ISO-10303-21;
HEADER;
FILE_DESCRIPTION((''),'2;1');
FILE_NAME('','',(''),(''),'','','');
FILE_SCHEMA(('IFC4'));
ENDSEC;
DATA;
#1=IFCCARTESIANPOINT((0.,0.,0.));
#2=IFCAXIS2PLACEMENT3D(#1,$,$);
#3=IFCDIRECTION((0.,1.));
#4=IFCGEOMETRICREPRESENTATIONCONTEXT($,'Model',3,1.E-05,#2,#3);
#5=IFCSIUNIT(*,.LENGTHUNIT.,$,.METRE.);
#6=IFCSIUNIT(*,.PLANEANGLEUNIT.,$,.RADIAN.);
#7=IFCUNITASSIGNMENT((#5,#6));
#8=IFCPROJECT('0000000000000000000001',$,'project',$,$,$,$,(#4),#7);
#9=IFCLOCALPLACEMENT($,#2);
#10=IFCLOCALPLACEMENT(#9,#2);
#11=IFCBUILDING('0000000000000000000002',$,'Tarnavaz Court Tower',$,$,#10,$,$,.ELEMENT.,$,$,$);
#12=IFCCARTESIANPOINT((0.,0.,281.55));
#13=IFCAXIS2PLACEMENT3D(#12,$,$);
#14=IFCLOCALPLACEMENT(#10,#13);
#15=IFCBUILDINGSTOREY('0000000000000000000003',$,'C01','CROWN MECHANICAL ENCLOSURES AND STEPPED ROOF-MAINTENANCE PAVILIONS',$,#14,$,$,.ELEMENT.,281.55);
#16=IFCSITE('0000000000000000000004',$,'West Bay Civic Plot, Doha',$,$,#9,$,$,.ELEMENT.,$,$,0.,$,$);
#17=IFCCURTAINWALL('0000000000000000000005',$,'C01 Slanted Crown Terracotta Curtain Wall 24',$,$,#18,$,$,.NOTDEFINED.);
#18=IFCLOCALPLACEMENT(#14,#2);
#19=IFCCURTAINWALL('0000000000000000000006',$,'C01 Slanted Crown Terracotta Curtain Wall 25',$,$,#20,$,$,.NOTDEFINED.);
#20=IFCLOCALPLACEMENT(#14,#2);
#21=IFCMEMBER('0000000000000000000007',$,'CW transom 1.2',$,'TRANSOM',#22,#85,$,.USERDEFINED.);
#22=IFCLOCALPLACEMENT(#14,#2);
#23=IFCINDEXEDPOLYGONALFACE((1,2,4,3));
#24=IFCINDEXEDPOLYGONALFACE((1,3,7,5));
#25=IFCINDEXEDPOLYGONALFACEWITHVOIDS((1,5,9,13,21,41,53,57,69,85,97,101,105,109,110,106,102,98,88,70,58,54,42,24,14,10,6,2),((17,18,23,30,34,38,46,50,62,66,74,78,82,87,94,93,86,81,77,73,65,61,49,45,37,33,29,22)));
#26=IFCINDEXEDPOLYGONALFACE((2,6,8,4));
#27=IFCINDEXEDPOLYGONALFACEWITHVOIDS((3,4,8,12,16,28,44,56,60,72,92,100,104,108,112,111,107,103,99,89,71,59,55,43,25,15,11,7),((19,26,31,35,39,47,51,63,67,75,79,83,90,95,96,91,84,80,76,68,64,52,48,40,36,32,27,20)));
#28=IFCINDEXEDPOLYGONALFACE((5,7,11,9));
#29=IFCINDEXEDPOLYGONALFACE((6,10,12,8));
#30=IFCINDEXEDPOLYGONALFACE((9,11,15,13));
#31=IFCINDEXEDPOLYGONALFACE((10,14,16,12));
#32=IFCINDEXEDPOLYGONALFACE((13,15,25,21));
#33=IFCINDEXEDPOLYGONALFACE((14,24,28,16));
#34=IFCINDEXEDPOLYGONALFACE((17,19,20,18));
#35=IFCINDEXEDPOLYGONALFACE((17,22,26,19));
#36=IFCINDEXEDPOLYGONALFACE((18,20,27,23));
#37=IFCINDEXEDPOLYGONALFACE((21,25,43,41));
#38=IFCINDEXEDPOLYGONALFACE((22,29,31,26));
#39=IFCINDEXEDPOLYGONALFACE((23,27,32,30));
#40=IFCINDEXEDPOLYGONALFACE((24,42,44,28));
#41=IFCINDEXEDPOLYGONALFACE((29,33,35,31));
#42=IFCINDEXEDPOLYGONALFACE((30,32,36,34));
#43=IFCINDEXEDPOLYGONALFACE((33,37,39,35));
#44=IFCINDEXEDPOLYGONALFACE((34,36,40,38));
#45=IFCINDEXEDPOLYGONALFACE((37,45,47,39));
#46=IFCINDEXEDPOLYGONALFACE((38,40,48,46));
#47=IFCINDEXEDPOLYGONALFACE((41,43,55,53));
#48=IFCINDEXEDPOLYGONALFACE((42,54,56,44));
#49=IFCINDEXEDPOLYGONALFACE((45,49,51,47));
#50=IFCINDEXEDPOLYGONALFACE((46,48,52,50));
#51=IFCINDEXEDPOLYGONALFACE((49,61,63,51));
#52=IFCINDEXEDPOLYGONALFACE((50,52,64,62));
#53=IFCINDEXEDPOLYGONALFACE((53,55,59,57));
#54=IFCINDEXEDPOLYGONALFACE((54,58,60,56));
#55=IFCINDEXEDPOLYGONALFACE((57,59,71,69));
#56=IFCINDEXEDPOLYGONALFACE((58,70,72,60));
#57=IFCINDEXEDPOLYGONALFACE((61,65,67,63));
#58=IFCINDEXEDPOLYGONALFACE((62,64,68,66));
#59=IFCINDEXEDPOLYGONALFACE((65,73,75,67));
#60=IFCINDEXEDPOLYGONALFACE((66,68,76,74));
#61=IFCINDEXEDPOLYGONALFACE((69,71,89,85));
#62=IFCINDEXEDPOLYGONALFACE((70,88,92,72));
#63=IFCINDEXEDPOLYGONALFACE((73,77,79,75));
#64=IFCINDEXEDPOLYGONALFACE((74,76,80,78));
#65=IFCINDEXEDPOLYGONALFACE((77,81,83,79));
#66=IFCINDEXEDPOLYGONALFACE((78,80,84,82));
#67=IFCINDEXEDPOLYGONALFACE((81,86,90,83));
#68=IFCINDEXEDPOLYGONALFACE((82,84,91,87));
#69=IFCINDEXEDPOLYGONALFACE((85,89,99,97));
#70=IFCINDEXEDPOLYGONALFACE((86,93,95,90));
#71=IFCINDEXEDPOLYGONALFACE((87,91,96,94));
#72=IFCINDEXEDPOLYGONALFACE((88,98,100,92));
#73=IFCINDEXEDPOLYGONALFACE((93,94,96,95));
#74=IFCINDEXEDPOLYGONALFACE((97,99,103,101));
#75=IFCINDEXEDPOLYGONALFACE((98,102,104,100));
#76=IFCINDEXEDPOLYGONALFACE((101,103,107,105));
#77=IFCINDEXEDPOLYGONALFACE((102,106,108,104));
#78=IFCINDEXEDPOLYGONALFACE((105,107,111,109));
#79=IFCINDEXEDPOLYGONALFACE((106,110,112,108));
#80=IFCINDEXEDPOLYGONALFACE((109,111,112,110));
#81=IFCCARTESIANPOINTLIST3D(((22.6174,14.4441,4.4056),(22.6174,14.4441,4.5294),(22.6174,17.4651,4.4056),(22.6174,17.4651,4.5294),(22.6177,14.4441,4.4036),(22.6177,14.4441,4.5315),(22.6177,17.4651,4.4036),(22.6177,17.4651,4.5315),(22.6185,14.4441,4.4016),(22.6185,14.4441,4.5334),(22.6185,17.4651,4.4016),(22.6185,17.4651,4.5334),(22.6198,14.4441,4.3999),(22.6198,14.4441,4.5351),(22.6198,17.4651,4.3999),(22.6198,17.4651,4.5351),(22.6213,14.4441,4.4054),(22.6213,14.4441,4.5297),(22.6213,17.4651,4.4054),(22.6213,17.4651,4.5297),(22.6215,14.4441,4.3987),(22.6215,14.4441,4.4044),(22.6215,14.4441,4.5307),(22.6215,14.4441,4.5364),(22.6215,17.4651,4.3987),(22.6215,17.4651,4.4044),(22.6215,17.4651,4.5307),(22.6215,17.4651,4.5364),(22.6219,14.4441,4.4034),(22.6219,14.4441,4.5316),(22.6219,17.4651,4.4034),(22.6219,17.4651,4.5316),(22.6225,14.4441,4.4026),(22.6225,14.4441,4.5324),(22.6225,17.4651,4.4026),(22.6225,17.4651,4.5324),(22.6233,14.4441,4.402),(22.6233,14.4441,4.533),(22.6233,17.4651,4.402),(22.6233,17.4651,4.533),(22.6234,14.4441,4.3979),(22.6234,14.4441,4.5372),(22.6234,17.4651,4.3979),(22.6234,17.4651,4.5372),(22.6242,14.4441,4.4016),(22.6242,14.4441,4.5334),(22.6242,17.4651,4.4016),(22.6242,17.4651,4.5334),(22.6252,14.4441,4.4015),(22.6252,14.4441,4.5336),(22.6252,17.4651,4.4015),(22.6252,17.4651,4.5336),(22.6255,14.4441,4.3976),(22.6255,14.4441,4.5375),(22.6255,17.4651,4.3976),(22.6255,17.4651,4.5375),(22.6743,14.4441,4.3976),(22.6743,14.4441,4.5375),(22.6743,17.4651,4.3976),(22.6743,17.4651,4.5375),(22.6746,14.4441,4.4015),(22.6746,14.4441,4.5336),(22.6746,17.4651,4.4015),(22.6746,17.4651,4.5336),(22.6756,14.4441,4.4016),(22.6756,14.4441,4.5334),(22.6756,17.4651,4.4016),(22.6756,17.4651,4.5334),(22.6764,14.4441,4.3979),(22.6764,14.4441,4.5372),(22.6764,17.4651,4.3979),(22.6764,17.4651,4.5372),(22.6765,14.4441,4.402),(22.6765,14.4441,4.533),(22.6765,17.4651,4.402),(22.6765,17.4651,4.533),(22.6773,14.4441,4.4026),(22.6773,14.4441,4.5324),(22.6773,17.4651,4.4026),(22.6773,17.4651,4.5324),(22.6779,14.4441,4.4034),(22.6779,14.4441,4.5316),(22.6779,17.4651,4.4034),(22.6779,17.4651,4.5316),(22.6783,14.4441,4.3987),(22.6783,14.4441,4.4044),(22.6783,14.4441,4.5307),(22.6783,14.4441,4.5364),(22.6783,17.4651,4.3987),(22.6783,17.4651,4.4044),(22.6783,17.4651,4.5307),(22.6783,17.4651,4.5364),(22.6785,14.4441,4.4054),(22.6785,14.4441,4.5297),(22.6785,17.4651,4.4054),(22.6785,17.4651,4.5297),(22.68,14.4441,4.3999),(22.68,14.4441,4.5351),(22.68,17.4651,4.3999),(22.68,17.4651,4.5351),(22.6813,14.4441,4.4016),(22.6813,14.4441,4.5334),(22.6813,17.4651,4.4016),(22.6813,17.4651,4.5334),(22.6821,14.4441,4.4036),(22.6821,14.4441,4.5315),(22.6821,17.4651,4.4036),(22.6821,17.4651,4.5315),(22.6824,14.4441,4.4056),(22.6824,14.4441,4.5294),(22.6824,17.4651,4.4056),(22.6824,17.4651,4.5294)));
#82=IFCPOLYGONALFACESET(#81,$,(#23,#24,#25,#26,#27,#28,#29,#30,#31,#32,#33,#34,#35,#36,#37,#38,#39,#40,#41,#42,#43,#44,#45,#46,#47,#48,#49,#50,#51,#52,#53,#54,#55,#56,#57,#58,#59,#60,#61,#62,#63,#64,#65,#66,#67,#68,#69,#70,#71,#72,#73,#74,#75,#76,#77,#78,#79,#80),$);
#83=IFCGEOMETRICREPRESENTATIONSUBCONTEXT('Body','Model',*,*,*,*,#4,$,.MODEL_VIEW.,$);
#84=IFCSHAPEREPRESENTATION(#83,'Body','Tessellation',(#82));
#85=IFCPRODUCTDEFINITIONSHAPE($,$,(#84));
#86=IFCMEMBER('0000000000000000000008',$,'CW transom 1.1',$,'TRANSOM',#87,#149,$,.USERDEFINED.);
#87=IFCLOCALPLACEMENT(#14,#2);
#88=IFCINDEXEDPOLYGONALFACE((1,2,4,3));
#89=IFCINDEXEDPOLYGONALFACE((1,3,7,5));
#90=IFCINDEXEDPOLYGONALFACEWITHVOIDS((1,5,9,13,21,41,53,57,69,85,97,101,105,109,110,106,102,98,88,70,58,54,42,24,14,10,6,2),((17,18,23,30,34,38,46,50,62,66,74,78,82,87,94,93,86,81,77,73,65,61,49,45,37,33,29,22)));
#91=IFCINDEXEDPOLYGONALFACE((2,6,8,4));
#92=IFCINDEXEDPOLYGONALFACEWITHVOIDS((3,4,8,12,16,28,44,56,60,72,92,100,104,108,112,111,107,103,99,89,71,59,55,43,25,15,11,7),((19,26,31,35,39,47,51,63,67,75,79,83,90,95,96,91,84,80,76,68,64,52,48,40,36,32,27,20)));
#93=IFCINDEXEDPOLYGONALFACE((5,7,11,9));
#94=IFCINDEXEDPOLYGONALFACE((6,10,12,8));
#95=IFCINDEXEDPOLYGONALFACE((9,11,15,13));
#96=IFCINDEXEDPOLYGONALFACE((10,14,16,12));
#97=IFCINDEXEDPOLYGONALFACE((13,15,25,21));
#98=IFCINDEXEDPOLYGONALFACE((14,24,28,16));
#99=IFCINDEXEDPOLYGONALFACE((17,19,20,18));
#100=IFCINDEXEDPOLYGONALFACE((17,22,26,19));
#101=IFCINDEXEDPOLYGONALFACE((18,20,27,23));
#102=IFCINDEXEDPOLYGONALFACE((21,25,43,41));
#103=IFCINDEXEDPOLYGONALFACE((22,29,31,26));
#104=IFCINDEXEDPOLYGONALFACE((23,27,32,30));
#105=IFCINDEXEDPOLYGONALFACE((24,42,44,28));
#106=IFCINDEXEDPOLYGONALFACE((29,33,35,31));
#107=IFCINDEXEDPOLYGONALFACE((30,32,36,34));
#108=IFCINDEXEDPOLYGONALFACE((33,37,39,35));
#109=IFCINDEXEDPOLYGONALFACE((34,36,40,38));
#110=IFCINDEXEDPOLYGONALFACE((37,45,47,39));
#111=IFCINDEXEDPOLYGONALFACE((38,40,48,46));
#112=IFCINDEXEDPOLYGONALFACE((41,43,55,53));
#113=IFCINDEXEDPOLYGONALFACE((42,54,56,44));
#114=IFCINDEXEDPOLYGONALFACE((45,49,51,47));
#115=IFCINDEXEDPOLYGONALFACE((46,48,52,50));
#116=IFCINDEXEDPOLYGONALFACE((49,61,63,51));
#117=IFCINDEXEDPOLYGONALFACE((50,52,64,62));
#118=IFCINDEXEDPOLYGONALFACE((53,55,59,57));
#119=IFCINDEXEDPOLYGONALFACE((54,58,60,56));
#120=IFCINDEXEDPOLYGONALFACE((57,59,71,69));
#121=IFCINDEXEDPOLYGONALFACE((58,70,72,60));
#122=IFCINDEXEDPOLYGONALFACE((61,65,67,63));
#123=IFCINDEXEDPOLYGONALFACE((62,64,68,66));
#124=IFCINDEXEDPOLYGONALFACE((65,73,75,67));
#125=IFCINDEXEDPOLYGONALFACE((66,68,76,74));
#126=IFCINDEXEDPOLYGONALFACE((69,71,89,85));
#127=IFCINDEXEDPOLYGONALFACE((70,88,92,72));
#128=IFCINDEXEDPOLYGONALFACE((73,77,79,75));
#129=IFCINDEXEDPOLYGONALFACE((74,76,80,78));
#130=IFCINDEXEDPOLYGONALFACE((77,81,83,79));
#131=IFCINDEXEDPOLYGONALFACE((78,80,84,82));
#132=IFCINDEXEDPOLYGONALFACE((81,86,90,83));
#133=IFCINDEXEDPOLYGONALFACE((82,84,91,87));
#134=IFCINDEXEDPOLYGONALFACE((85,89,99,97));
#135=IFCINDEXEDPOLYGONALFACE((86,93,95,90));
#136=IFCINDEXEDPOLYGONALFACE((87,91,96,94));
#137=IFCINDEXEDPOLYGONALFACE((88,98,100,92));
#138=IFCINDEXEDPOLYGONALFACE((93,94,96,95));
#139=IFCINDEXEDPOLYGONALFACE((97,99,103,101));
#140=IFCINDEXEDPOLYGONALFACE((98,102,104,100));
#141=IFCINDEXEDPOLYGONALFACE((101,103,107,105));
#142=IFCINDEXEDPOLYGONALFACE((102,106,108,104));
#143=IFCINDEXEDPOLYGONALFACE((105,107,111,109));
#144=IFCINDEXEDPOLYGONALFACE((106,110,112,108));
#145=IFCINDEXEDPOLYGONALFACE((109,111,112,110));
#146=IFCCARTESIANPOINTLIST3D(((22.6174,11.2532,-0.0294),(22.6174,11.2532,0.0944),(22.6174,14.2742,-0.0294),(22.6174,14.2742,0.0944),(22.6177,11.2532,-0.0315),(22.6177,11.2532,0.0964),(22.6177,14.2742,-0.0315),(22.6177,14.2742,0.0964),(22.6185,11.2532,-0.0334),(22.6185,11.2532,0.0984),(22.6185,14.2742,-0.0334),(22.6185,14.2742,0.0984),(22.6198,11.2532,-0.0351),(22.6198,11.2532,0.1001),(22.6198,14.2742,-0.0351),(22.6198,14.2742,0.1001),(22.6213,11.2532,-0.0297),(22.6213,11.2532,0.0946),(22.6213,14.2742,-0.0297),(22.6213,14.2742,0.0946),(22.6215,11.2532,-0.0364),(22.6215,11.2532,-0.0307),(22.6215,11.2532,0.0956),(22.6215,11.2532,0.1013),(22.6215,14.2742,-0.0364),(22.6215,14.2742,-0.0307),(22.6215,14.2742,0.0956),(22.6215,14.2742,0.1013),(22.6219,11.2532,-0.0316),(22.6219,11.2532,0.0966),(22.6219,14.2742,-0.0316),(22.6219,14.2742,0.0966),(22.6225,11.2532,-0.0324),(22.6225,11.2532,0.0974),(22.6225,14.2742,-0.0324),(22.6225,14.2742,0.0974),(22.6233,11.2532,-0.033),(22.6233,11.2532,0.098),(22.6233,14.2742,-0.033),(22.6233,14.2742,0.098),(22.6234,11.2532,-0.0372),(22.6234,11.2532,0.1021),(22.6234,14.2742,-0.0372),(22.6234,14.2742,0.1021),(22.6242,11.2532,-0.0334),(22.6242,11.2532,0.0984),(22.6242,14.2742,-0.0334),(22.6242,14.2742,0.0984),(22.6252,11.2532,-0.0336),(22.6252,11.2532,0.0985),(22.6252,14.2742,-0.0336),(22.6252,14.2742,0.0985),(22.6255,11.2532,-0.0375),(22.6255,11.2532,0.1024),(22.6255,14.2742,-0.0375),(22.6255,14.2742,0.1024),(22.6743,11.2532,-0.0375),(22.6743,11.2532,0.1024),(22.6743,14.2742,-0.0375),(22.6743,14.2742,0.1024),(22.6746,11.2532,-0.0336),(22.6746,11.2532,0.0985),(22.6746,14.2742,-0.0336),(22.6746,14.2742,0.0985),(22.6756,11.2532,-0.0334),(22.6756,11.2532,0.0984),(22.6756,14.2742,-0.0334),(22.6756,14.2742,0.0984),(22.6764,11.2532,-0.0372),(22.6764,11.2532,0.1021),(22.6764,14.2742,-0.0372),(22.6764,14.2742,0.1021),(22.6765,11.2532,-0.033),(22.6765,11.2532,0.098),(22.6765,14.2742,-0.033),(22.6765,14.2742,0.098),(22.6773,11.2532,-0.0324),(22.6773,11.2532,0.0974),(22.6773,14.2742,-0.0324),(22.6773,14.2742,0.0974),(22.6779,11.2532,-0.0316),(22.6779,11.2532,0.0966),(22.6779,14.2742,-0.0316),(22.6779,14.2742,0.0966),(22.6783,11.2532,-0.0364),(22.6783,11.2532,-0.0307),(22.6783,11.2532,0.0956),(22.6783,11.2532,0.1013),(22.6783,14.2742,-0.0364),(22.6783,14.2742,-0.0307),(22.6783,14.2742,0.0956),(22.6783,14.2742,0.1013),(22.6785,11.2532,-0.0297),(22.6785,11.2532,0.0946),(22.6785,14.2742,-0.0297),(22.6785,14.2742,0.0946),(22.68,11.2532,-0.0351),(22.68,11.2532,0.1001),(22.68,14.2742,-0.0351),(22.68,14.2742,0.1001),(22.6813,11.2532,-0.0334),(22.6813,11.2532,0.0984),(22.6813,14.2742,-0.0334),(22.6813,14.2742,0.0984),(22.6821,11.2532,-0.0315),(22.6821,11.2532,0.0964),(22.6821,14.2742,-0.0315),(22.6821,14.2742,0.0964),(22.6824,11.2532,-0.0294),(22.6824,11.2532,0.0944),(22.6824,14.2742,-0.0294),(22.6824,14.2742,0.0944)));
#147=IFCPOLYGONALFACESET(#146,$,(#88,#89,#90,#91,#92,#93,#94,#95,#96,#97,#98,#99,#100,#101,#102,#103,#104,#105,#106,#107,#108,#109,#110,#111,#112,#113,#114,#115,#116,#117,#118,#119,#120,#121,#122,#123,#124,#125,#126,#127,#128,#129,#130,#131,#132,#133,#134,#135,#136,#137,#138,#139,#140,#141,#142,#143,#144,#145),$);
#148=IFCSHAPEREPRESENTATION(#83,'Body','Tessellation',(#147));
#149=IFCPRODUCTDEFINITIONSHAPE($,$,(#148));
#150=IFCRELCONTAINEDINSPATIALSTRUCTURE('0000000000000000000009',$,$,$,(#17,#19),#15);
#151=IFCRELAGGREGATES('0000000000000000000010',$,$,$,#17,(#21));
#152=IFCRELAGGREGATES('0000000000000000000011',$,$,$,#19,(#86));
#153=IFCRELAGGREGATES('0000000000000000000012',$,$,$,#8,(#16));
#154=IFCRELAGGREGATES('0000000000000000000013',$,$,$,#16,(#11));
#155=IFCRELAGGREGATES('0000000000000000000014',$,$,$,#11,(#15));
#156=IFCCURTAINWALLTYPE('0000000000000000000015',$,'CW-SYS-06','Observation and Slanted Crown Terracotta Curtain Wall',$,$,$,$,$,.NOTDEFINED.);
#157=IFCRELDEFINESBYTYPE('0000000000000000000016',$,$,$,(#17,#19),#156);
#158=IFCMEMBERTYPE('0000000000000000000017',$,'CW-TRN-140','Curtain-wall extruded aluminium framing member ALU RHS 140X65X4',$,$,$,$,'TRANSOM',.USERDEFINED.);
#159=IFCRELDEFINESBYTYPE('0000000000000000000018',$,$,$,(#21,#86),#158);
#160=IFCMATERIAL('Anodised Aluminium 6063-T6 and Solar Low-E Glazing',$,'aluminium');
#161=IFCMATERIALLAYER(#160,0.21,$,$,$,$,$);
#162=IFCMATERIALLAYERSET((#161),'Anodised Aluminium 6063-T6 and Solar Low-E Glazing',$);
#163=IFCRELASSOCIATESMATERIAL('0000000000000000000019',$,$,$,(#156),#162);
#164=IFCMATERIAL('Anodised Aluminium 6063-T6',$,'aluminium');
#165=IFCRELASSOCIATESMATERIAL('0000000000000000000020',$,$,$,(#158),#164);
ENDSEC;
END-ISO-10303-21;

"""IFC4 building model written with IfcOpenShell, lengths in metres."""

from ifc_helpers import new_model, si_unit, direction, frame, origin, origin_2d, place, context, subcontext, project, spatial, hollow_rectangle, extrude, material, layer, layer_set, material_profile, profile_set, type_object, element, aggregate, save


model = new_model("IFC4")

# Units and contexts
model_context = context("Model", 3, precision=1e-05, world=origin(), true_north=direction((0.0, 1.0)))
body_context = subcontext(model_context, "Body", "Model", "MODEL_VIEW")
ifc_project = project(units=[si_unit("LENGTHUNIT", "METRE"), si_unit("PLANEANGLEUNIT", "RADIAN")], contexts=[model_context])

# Site, building, storey
site_placement = place(None, origin())
site = spatial("IfcSite", under=ifc_project, at=site_placement, Name="West Bay Civic Plot, Doha", CompositionType="ELEMENT", RefElevation=0.0)
building_placement = place(site_placement, origin())
building = spatial("IfcBuilding", under=site, at=building_placement, Name="Tarnavaz Court Tower", CompositionType="ELEMENT")
storey_placement = place(building_placement, frame((0.0, 0.0, 281.55)))
storey = spatial("IfcBuildingStorey", under=building, at=storey_placement, Name="C01", Description="CROWN MECHANICAL ENCLOSURES AND STEPPED ROOF-MAINTENANCE PAVILIONS", CompositionType="ELEMENT", Elevation=281.55)

# Shared definitions
ifc_material_1 = material(Name="Anodised Aluminium 6063-T6 and Solar Low-E Glazing", Category="aluminium")
ifc_layer_1 = layer(ifc_material_1, 0.21)
ifc_layer_set_1 = layer_set([ifc_layer_1], Name="Anodised Aluminium 6063-T6 and Solar Low-E Glazing")
curtain_wall_type = type_object("IfcCurtainWallType", Name="CW-SYS-06", Description="Observation and Slanted Crown Terracotta Curtain Wall", PredefinedType="NOTDEFINED", material=ifc_layer_set_1)
ifc_material_2 = material(Name="Anodised Aluminium 6063-T6", Category="aluminium")

# Curtain walls
curtain_wall_1_placement = place(storey_placement, origin())
curtain_wall_1 = element("IfcCurtainWall", 1, at=curtain_wall_1_placement, inside=storey, type_object=curtain_wall_type, Name="C01 Slanted Crown Terracotta Curtain Wall 24", PredefinedType="NOTDEFINED")
curtain_wall_2_placement = place(storey_placement, origin())
curtain_wall_2 = element("IfcCurtainWall", 2, at=curtain_wall_2_placement, inside=storey, type_object=curtain_wall_type, Name="C01 Slanted Crown Terracotta Curtain Wall 25", PredefinedType="NOTDEFINED")

# Members
ifc_material_profile_1 = material_profile(ifc_material_2, hollow_rectangle(XDim=0.0649, YDim=0.1399, WallThickness=0.0039, InnerFilletRadius=0.0039, OuterFilletRadius=0.0081, at=origin_2d()), Name="ALU RHS 140X65X4")
ifc_profile_set_1 = profile_set([ifc_material_profile_1], Name="Anodised Aluminium 6063-T6")
member_type_1 = type_object("IfcMemberType", Name="CW-TRN-140", Description="Curtain-wall extruded aluminium framing member ALU RHS 140X65X4", ElementType="TRANSOM", PredefinedType="USERDEFINED", material=ifc_profile_set_1)
member_1_placement = place(storey_placement, frame((22.6499, 17.4651, 4.4675), z_axis=(0.0, -1.0, 0.0), x_axis=(1.0, 0.0, 0.0)))
member_1 = element("IfcMember", 3, at=member_1_placement, type_object=member_type_1, Name="CW transom 1.2", ObjectType="TRANSOM", PredefinedType="USERDEFINED", context=body_context, shape_type="SweptSolid", body=[
    extrude(hollow_rectangle(XDim=0.0649, YDim=0.1399, WallThickness=0.0039, InnerFilletRadius=0.0039, OuterFilletRadius=0.0081, at=origin_2d()), origin(), (0.0, 0.0, 1.0), 3.021),
])
member_2_placement = place(storey_placement, frame((22.6499, 14.2742, 0.0325), z_axis=(0.0, -1.0, 0.0), x_axis=(1.0, 0.0, 0.0)))
member_2 = element("IfcMember", 4, at=member_2_placement, type_object=member_type_1, Name="CW transom 1.1", ObjectType="TRANSOM", PredefinedType="USERDEFINED", context=body_context, shape_type="SweptSolid", body=[
    extrude(hollow_rectangle(XDim=0.0649, YDim=0.1399, WallThickness=0.0039, InnerFilletRadius=0.0039, OuterFilletRadius=0.0081, at=origin_2d()), origin(), (0.0, 0.0, 1.0), 3.021),
])

aggregate(curtain_wall_1, [member_1])
aggregate(curtain_wall_2, [member_2])

save(model, "model.ifc")
